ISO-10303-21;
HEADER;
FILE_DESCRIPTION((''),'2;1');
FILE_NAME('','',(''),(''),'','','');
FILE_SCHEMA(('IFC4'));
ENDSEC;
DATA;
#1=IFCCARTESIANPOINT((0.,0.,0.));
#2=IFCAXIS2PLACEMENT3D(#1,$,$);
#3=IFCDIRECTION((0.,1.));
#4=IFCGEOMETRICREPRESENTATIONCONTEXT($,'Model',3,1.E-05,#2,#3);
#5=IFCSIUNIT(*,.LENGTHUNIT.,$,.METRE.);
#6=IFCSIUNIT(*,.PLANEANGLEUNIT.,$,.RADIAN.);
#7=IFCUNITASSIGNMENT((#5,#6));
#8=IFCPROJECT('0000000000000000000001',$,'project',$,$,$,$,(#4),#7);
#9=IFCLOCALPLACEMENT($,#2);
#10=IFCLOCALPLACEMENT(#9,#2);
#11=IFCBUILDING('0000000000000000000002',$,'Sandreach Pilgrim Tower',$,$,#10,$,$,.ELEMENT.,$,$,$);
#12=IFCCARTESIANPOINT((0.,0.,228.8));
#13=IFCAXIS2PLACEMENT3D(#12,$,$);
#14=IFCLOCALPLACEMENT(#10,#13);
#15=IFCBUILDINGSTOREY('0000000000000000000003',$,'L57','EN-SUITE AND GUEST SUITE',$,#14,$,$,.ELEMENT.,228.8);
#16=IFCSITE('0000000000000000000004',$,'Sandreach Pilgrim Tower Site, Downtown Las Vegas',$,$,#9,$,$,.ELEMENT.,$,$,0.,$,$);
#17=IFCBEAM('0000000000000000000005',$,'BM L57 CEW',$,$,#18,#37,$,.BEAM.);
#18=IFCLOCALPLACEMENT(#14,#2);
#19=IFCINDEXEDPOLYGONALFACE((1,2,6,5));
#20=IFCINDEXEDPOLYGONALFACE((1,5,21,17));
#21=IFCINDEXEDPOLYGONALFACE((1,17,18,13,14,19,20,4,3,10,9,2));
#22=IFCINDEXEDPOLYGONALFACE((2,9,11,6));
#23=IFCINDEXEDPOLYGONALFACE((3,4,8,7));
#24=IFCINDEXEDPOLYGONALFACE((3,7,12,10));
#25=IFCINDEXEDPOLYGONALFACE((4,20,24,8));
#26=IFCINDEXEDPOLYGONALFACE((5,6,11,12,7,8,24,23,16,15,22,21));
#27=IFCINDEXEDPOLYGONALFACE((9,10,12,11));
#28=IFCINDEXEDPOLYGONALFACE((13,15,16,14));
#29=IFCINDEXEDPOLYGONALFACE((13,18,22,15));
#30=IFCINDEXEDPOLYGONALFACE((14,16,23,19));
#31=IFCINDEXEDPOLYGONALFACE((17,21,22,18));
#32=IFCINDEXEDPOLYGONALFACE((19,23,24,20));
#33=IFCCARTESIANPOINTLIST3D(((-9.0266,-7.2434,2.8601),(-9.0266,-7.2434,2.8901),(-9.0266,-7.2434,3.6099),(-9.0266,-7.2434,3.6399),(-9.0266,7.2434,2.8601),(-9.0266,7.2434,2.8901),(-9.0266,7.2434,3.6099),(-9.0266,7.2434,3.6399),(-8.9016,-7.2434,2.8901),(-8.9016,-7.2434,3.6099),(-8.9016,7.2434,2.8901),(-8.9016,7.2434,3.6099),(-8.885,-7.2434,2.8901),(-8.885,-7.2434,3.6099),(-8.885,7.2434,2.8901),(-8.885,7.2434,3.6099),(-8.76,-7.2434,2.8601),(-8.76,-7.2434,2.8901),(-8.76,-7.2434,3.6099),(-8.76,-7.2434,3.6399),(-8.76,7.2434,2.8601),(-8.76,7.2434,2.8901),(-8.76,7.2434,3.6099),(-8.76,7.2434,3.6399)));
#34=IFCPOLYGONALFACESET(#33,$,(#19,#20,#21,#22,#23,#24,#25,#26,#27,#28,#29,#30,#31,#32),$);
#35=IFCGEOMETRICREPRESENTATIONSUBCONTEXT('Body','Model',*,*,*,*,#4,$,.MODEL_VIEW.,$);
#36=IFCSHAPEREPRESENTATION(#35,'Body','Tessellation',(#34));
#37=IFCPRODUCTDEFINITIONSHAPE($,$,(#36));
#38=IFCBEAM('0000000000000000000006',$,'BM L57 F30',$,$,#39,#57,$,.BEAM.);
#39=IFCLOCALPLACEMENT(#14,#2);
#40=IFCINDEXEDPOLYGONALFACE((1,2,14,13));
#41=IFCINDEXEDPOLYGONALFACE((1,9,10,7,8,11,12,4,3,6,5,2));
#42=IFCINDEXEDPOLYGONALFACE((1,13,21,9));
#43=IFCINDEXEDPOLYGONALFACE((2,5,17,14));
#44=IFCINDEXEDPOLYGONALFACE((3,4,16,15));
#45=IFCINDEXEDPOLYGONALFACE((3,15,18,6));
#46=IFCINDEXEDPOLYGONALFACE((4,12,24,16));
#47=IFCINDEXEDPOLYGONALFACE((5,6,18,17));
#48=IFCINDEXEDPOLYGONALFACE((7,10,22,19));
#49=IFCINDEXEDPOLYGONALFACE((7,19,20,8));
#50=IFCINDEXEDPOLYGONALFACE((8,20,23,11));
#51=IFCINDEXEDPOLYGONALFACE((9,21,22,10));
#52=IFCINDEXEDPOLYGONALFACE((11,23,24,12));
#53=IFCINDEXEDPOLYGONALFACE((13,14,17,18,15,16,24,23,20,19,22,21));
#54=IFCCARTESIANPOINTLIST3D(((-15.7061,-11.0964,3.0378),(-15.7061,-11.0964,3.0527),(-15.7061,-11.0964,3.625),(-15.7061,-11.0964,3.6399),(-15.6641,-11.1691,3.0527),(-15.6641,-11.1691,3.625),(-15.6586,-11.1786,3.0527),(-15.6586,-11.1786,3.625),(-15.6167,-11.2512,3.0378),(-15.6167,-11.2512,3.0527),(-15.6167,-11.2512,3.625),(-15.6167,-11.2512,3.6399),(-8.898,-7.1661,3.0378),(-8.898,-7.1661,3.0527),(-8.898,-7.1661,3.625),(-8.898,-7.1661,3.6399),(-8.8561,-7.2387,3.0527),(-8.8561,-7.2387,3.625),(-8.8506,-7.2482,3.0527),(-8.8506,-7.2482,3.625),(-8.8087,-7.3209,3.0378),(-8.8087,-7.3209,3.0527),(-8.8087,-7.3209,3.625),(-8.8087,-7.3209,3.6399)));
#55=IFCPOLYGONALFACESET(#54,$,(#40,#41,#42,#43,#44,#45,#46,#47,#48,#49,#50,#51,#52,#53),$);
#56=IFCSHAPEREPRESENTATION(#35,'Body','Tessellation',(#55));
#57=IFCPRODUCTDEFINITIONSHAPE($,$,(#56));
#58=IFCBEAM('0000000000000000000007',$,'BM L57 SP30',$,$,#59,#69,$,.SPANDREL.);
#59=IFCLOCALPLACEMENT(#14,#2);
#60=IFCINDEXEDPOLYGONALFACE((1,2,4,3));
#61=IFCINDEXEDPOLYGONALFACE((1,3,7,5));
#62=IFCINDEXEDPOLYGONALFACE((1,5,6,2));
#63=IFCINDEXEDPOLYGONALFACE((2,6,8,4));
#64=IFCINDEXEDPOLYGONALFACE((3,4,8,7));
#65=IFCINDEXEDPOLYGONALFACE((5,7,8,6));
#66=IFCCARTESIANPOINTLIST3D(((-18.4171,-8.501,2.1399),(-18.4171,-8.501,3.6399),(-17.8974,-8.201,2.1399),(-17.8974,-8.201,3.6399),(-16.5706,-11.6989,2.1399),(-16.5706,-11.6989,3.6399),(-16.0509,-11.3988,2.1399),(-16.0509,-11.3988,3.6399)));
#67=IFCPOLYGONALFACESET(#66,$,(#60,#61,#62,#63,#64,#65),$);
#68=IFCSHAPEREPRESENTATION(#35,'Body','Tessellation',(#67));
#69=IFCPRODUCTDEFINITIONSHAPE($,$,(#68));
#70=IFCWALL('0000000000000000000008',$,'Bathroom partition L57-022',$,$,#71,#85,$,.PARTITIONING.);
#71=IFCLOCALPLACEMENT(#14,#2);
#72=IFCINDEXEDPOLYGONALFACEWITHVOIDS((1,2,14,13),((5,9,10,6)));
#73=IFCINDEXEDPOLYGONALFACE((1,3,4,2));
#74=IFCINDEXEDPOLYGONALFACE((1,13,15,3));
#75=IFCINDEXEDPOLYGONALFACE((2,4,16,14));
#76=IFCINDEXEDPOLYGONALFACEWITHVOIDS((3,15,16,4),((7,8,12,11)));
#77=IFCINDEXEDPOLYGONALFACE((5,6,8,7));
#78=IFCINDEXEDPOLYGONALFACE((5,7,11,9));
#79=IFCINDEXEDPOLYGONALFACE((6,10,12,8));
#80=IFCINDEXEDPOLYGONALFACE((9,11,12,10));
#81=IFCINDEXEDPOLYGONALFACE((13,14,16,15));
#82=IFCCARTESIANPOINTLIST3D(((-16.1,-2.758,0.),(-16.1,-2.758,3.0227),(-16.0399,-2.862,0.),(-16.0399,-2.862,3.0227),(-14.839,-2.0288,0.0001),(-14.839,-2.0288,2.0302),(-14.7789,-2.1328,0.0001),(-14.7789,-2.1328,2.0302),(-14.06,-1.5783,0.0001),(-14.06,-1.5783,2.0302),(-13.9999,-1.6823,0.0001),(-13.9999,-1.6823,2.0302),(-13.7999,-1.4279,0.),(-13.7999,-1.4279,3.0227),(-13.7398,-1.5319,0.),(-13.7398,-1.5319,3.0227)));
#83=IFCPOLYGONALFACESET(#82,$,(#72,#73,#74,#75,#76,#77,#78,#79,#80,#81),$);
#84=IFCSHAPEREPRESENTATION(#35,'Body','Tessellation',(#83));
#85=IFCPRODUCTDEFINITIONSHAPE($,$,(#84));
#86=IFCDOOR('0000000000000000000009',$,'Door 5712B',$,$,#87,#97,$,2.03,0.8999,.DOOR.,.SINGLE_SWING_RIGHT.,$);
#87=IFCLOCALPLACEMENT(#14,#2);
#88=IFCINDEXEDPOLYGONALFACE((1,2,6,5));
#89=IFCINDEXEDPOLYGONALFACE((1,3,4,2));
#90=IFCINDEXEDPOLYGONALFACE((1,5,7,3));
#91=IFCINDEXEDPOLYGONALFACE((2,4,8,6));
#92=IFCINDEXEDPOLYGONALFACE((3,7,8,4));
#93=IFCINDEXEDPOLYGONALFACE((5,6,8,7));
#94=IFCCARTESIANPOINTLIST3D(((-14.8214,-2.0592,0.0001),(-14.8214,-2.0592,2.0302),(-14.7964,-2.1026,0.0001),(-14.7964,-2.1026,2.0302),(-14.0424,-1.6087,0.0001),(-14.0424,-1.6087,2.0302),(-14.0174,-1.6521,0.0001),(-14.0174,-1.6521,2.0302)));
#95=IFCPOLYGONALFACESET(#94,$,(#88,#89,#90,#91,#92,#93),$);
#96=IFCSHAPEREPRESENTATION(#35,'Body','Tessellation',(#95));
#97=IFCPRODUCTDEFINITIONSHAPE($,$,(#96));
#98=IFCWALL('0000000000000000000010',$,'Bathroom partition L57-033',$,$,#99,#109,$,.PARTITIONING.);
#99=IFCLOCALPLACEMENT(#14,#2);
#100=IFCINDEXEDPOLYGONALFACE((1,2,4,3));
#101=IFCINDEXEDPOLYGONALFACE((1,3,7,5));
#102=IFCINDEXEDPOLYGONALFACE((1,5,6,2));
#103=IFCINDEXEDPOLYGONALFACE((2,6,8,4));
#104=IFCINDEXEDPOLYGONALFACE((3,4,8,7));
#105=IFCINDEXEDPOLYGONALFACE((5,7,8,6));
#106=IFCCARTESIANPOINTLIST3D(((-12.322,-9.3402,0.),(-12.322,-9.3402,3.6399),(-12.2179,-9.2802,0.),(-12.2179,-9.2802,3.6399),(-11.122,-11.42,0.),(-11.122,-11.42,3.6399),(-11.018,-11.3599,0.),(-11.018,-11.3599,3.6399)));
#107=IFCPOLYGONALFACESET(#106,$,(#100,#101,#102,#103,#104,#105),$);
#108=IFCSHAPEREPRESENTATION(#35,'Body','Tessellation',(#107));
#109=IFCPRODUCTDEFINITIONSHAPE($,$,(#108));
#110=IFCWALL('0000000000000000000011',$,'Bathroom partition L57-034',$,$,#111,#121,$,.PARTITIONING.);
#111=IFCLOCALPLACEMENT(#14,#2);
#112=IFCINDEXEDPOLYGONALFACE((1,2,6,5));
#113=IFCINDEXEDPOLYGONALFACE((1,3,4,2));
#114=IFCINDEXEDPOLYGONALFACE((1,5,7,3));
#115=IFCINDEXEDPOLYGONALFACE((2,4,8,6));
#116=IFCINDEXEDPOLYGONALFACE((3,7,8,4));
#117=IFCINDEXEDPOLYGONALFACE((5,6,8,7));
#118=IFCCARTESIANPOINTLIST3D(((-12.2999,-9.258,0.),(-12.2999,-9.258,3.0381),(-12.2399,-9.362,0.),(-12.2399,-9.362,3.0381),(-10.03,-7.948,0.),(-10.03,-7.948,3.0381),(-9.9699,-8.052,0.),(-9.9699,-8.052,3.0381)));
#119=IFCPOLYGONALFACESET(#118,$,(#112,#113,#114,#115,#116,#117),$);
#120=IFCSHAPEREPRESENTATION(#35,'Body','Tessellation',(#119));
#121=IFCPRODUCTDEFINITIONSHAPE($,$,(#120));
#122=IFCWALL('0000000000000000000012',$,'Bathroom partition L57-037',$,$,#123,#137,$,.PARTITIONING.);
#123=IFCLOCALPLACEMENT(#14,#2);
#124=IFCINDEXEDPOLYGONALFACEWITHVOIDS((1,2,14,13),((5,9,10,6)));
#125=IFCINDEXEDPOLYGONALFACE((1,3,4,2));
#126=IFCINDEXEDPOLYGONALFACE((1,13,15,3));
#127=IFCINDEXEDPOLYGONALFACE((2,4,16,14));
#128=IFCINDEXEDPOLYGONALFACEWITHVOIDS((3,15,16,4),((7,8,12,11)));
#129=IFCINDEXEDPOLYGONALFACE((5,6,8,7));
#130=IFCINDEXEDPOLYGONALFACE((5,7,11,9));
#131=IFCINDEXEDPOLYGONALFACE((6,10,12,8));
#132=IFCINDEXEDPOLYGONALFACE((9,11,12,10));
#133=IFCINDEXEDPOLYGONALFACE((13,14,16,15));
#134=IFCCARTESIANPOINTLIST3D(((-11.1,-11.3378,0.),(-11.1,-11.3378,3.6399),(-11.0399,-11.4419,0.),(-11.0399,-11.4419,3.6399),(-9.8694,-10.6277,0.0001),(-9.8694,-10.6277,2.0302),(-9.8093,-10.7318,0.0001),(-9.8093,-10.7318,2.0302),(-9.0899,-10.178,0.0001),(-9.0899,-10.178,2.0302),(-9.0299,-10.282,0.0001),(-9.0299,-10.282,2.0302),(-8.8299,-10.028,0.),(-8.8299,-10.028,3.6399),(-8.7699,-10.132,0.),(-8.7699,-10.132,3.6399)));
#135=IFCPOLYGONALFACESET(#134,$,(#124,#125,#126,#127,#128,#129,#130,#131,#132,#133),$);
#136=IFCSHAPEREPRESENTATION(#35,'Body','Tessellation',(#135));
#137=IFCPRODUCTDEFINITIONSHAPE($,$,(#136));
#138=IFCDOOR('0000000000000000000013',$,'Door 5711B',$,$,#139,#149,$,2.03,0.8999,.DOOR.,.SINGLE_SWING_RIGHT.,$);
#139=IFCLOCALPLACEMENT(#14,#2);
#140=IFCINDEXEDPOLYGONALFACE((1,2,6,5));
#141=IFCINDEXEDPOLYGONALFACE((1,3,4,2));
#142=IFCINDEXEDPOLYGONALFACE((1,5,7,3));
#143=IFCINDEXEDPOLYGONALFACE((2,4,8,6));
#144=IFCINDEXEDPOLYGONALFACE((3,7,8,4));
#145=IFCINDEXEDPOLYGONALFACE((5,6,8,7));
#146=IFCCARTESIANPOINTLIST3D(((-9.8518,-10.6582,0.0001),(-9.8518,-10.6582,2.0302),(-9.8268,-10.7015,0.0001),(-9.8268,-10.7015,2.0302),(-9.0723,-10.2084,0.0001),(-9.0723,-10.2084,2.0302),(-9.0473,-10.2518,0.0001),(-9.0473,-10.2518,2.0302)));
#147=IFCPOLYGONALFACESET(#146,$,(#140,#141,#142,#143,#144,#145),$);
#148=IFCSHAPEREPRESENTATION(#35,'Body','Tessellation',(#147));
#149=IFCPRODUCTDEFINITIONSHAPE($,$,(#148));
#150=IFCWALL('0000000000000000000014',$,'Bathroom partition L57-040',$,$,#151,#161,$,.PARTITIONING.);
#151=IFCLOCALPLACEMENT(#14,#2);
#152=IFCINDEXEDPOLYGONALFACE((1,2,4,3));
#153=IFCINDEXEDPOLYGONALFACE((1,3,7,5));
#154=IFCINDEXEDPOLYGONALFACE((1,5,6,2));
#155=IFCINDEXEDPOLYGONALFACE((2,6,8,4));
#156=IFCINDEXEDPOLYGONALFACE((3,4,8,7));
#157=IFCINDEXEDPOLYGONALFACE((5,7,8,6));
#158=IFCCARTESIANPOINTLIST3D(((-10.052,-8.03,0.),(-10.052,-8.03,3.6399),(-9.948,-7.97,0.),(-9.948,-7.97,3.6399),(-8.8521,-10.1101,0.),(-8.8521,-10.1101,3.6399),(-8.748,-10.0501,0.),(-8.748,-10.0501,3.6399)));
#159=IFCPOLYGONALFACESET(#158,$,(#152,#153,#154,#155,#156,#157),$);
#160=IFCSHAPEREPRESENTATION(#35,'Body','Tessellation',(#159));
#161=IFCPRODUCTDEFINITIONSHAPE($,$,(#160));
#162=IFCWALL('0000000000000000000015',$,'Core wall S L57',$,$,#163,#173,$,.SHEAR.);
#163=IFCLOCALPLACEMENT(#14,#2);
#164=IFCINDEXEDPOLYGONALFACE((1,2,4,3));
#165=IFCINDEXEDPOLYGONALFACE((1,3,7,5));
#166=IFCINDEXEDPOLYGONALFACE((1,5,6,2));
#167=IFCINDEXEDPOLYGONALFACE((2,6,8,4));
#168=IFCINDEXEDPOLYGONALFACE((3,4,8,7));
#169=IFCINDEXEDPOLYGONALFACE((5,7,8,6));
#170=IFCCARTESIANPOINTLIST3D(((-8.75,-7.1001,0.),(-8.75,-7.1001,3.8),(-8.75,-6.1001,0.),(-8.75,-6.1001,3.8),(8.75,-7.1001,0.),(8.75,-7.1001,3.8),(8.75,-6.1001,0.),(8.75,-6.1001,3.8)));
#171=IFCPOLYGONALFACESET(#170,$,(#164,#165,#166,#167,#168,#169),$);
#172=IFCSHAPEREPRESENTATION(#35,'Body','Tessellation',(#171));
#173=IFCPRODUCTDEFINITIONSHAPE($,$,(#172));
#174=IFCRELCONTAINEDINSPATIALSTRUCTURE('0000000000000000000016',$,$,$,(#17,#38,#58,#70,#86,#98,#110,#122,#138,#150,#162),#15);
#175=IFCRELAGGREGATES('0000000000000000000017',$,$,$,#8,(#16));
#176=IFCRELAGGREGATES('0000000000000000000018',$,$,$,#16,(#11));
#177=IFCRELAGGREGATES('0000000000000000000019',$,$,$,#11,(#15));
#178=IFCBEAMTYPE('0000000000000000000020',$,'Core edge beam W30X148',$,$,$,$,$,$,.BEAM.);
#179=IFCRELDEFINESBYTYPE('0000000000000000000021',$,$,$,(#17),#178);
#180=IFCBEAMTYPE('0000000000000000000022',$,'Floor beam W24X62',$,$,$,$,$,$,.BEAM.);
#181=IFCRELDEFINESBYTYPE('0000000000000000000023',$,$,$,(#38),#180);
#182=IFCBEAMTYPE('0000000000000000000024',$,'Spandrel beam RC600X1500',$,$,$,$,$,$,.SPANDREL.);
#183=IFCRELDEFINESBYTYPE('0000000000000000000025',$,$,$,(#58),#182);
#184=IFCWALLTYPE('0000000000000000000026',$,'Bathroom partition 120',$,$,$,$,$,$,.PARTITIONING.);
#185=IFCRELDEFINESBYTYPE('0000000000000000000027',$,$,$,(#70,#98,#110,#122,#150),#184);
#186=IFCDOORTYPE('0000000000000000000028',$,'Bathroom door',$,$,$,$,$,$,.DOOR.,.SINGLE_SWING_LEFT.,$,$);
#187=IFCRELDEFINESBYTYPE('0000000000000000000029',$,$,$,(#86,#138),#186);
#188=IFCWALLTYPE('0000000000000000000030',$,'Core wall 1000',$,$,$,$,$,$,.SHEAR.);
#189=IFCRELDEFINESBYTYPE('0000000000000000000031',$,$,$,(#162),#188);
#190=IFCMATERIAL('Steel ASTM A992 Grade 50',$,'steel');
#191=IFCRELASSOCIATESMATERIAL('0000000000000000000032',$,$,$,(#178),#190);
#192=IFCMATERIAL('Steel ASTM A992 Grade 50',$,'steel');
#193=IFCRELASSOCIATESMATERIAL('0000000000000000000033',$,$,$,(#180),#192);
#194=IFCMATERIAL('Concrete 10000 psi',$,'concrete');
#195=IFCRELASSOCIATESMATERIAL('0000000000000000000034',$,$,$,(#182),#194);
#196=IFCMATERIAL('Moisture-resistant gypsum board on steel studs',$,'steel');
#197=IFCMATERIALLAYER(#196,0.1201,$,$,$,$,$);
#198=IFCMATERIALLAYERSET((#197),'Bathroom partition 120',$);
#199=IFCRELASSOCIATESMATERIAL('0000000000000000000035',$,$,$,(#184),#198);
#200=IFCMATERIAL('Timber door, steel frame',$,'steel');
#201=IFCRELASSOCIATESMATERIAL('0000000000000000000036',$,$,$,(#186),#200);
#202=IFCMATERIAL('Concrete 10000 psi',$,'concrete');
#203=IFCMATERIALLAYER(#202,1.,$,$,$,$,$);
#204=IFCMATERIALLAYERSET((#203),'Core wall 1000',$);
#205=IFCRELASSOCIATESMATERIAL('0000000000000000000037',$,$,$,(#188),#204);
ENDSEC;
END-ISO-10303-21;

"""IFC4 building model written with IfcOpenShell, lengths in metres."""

from ifc_helpers import new_model, si_unit, direction, frame, frame_2d, origin, origin_2d, place, context, subcontext, project, spatial, rectangle, i_section, extrude, material, layer, layer_set, material_profile, profile_set, type_object, element, fill, save


model = new_model("IFC4")

# Units and contexts
model_context = context("Model", 3, precision=1e-05, world=origin(), true_north=direction((0.0, 1.0)))
body_context = subcontext(model_context, "Body", "Model", "MODEL_VIEW")
ifc_project = project(units=[si_unit("LENGTHUNIT", "METRE"), si_unit("PLANEANGLEUNIT", "RADIAN")], contexts=[model_context])

# Site, building, storey
site_placement = place(None, origin())
site = spatial("IfcSite", under=ifc_project, at=site_placement, Name="Sandreach Pilgrim Tower Site, Downtown Las Vegas", CompositionType="ELEMENT", RefElevation=0.0)
building_placement = place(site_placement, origin())
building = spatial("IfcBuilding", under=site, at=building_placement, Name="Sandreach Pilgrim Tower", CompositionType="ELEMENT")
storey_placement = place(building_placement, frame((0.0, 0.0, 228.8)))
storey = spatial("IfcBuildingStorey", under=building, at=storey_placement, Name="L57", Description="EN-SUITE AND GUEST SUITE", CompositionType="ELEMENT", Elevation=228.8)

# Beams
ifc_material_1 = material(Name="Steel ASTM A992 Grade 50", Category="steel")
ifc_material_profile_1 = material_profile(ifc_material_1, i_section(OverallWidth=0.2666, OverallDepth=0.7798, WebThickness=0.0166, FlangeThickness=0.03, at=origin_2d()), Name="W30X148")
ifc_profile_set_1 = profile_set([ifc_material_profile_1], Name="Steel ASTM A992 Grade 50")
beam_type_1 = type_object("IfcBeamType", Name="Core edge beam W30X148", PredefinedType="BEAM", material=ifc_profile_set_1)
beam_1_placement = place(storey_placement, frame((-8.8933, -7.2434, 3.25), z_axis=(0.0, 1.0, 0.0), x_axis=(-1.0, 0.0, 0.0)))
element("IfcBeam", 1, at=beam_1_placement, inside=storey, type_object=beam_type_1, Name="BM L57 CEW", PredefinedType="BEAM", context=body_context, shape_type="SweptSolid", body=[
    extrude(i_section(OverallWidth=0.2666, OverallDepth=0.7798, WebThickness=0.0166, FlangeThickness=0.03, at=origin_2d()), origin(), (0.0, 0.0, 1.0), 14.4868),
])
ifc_material_2 = material(Name="Steel ASTM A992 Grade 50", Category="steel")
ifc_material_profile_2 = material_profile(ifc_material_2, i_section(OverallWidth=0.1787, OverallDepth=0.6021, WebThickness=0.011, FlangeThickness=0.0149, at=origin_2d()), Name="W24X62")
ifc_profile_set_2 = profile_set([ifc_material_profile_2], Name="Steel ASTM A992 Grade 50")
beam_type_2 = type_object("IfcBeamType", Name="Floor beam W24X62", PredefinedType="BEAM", material=ifc_profile_set_2)
beam_2_placement = place(storey_placement, frame((-15.6614, -11.1738, 3.3389), z_axis=(0.866039, 0.499977, 0.0), x_axis=(-0.499977, 0.866039, 0.0)))
element("IfcBeam", 2, at=beam_2_placement, inside=storey, type_object=beam_type_2, Name="BM L57 F30", PredefinedType="BEAM", context=body_context, shape_type="SweptSolid", body=[
    extrude(i_section(OverallWidth=0.1787, OverallDepth=0.6021, WebThickness=0.011, FlangeThickness=0.0149, at=origin_2d()), origin(), (0.0, 0.0, 1.0), 7.8611),
])
ifc_material_3 = material(Name="Concrete 10000 psi", Category="concrete")
ifc_material_profile_3 = material_profile(ifc_material_3, rectangle(XDim=0.6001, YDim=1.5, at=origin_2d()), Name="RC600X1500")
ifc_profile_set_3 = profile_set([ifc_material_profile_3], Name="Concrete 10000 psi")
beam_type_3 = type_object("IfcBeamType", Name="Spandrel beam RC600X1500", PredefinedType="SPANDREL", material=ifc_profile_set_3)
beam_3_placement = place(storey_placement, frame((-16.3108, -11.5488, 2.8899), z_axis=(-0.500043, 0.866001, 0.0), x_axis=(-0.866001, -0.500043, 0.0)))
element("IfcBeam", 3, at=beam_3_placement, inside=storey, type_object=beam_type_3, Name="BM L57 SP30", PredefinedType="SPANDREL", context=body_context, shape_type="SweptSolid", body=[
    extrude(rectangle(XDim=0.6001, YDim=1.5, at=origin_2d()), origin(), (0.0, 0.0, 1.0), 3.6926),
])

# Wall, opening, door
ifc_material_4 = material(Name="Moisture-resistant gypsum board on steel studs", Category="steel")
ifc_layer_1 = layer(ifc_material_4, 0.1201)
ifc_layer_set_1 = layer_set([ifc_layer_1], Name="Bathroom partition 120")
wall_type_1 = type_object("IfcWallType", Name="Bathroom partition 120", PredefinedType="PARTITIONING", material=ifc_layer_set_1)
wall_1_placement = place(storey_placement, frame((-16.0701, -2.8101, 0.0), z_axis=(0.0, 0.0, 1.0), x_axis=(0.865676, 0.500605, 0.0)))
wall_1 = element("IfcWall", 4, at=wall_1_placement, inside=storey, type_object=wall_type_1, Name="Bathroom partition L57-022", PredefinedType="PARTITIONING", context=body_context, shape_type="SweptSolid", body=[
    extrude(rectangle(XDim=2.657, YDim=0.1201, at=frame_2d((1.3286, 0.0))), origin(), (0.0, 0.0, 1.0), 3.0227),
])
opening_1_placement = place(wall_1_placement, frame((1.4568, 0.0, 0.0)))
opening_1 = element("IfcOpeningElement", 5, at=opening_1_placement, cuts=wall_1, PredefinedType="OPENING", context=body_context, shape_type="SweptSolid", body=[
    extrude(rectangle(XDim=0.8999, YDim=2.03, at=frame_2d((0.45, 1.0151))), frame((0.0, 0.0601, 0.0), z_axis=(0.0, -1.0, 0.0), x_axis=(1.0, 0.0, 0.0)), (0.0, 0.0, 1.0), 0.1201),
])
ifc_material_5 = material(Name="Timber door, steel frame", Category="steel")
door_type_1 = type_object("IfcDoorType", Name="Bathroom door", OperationType="SINGLE_SWING_LEFT", PredefinedType="DOOR", material=ifc_material_5)
door_1_placement = place(opening_1_placement, origin())
door_1 = element("IfcDoor", 6, at=door_1_placement, inside=storey, type_object=door_type_1, Name="Door 5712B", OperationType="SINGLE_SWING_RIGHT", OverallHeight=2.03, OverallWidth=0.8999, PredefinedType="DOOR", context=body_context, shape_type="SweptSolid", body=[
    extrude(rectangle(XDim=0.8999, YDim=2.03, at=frame_2d((0.45, 1.0151))), frame((0.0, 0.0249, 0.0), z_axis=(0.0, -1.0, 0.0), x_axis=(1.0, 0.0, 0.0)), (0.0, 0.0, 1.0), 0.05),
])
fill(opening_1, door_1)

# Walls
wall_2_placement = place(storey_placement, frame((-12.27, -9.3101, 0.0), z_axis=(0.0, 0.0, 1.0), x_axis=(0.499737, -0.866177, 0.0)))
element("IfcWall", 7, at=wall_2_placement, inside=storey, type_object=wall_type_1, Name="Bathroom partition L57-033", PredefinedType="PARTITIONING", context=body_context, shape_type="SweptSolid", body=[
    extrude(rectangle(XDim=2.4011, YDim=0.1201, at=frame_2d((1.2007, 0.0))), origin(), (0.0, 0.0, 1.0), 3.6399),
])
wall_3_placement = place(storey_placement, frame((-12.27, -9.3101, 0.0), z_axis=(0.0, 0.0, 1.0), x_axis=(0.866114, 0.499846, 0.0)))
element("IfcWall", 8, at=wall_3_placement, inside=storey, type_object=wall_type_1, Name="Bathroom partition L57-034", PredefinedType="PARTITIONING", context=body_context, shape_type="SweptSolid", body=[
    extrude(rectangle(XDim=2.6208, YDim=0.1201, at=frame_2d((1.3105, 0.0))), origin(), (0.0, 0.0, 1.0), 3.0381),
])

# Wall, opening, door
wall_4_placement = place(storey_placement, frame((-11.0701, -11.3899, 0.0), z_axis=(0.0, 0.0, 1.0), x_axis=(0.866155, 0.499776, 0.0)))
wall_4 = element("IfcWall", 9, at=wall_4_placement, inside=storey, type_object=wall_type_1, Name="Bathroom partition L57-037", PredefinedType="PARTITIONING", context=body_context, shape_type="SweptSolid", body=[
    extrude(rectangle(XDim=2.6208, YDim=0.1201, at=frame_2d((1.3105, 0.0))), origin(), (0.0, 0.0, 1.0), 3.6399),
])
opening_2_placement = place(wall_4_placement, frame((1.4209, 0.0, 0.0)))
opening_2 = element("IfcOpeningElement", 10, at=opening_2_placement, cuts=wall_4, PredefinedType="OPENING", context=body_context, shape_type="SweptSolid", body=[
    extrude(rectangle(XDim=0.8999, YDim=2.03, at=frame_2d((0.45, 1.0151))), frame((0.0, 0.0601, 0.0), z_axis=(0.0, -1.0, 0.0), x_axis=(1.0, 0.0, 0.0)), (0.0, 0.0, 1.0), 0.1201),
])
door_2_placement = place(opening_2_placement, origin())
door_2 = element("IfcDoor", 11, at=door_2_placement, inside=storey, type_object=door_type_1, Name="Door 5711B", OperationType="SINGLE_SWING_RIGHT", OverallHeight=2.03, OverallWidth=0.8999, PredefinedType="DOOR", context=body_context, shape_type="SweptSolid", body=[
    extrude(rectangle(XDim=0.8999, YDim=2.03, at=frame_2d((0.45, 1.0151))), frame((0.0, 0.0249, 0.0), z_axis=(0.0, -1.0, 0.0), x_axis=(1.0, 0.0, 0.0)), (0.0, 0.0, 1.0), 0.05),
])
fill(opening_2, door_2)

# Walls
wall_5_placement = place(storey_placement, frame((-10.0, -8.0, 0.0), z_axis=(0.0, 0.0, 1.0), x_axis=(0.499693, -0.866203, 0.0)))
element("IfcWall", 12, at=wall_5_placement, inside=storey, type_object=wall_type_1, Name="Bathroom partition L57-040", PredefinedType="PARTITIONING", context=body_context, shape_type="SweptSolid", body=[
    extrude(rectangle(XDim=2.4014, YDim=0.1201, at=frame_2d((1.2007, 0.0))), origin(), (0.0, 0.0, 1.0), 3.6399),
])
ifc_material_6 = material(Name="Concrete 10000 psi", Category="concrete")
ifc_layer_2 = layer(ifc_material_6, 1.0)
ifc_layer_set_2 = layer_set([ifc_layer_2], Name="Core wall 1000")
wall_type_2 = type_object("IfcWallType", Name="Core wall 1000", PredefinedType="SHEAR", material=ifc_layer_set_2)
wall_6_placement = place(storey_placement, frame((-8.75, -6.6001, 0.0), z_axis=(0.0, 0.0, 1.0), x_axis=(1.0, 0.0, 0.0)))
element("IfcWall", 13, at=wall_6_placement, inside=storey, type_object=wall_type_2, Name="Core wall S L57", PredefinedType="SHEAR", context=body_context, shape_type="SweptSolid", body=[
    extrude(rectangle(XDim=17.5, YDim=1.0, at=frame_2d((8.75, 0.0))), origin(), (0.0, 0.0, 1.0), 3.8),
])

save(model, "model.ifc")
